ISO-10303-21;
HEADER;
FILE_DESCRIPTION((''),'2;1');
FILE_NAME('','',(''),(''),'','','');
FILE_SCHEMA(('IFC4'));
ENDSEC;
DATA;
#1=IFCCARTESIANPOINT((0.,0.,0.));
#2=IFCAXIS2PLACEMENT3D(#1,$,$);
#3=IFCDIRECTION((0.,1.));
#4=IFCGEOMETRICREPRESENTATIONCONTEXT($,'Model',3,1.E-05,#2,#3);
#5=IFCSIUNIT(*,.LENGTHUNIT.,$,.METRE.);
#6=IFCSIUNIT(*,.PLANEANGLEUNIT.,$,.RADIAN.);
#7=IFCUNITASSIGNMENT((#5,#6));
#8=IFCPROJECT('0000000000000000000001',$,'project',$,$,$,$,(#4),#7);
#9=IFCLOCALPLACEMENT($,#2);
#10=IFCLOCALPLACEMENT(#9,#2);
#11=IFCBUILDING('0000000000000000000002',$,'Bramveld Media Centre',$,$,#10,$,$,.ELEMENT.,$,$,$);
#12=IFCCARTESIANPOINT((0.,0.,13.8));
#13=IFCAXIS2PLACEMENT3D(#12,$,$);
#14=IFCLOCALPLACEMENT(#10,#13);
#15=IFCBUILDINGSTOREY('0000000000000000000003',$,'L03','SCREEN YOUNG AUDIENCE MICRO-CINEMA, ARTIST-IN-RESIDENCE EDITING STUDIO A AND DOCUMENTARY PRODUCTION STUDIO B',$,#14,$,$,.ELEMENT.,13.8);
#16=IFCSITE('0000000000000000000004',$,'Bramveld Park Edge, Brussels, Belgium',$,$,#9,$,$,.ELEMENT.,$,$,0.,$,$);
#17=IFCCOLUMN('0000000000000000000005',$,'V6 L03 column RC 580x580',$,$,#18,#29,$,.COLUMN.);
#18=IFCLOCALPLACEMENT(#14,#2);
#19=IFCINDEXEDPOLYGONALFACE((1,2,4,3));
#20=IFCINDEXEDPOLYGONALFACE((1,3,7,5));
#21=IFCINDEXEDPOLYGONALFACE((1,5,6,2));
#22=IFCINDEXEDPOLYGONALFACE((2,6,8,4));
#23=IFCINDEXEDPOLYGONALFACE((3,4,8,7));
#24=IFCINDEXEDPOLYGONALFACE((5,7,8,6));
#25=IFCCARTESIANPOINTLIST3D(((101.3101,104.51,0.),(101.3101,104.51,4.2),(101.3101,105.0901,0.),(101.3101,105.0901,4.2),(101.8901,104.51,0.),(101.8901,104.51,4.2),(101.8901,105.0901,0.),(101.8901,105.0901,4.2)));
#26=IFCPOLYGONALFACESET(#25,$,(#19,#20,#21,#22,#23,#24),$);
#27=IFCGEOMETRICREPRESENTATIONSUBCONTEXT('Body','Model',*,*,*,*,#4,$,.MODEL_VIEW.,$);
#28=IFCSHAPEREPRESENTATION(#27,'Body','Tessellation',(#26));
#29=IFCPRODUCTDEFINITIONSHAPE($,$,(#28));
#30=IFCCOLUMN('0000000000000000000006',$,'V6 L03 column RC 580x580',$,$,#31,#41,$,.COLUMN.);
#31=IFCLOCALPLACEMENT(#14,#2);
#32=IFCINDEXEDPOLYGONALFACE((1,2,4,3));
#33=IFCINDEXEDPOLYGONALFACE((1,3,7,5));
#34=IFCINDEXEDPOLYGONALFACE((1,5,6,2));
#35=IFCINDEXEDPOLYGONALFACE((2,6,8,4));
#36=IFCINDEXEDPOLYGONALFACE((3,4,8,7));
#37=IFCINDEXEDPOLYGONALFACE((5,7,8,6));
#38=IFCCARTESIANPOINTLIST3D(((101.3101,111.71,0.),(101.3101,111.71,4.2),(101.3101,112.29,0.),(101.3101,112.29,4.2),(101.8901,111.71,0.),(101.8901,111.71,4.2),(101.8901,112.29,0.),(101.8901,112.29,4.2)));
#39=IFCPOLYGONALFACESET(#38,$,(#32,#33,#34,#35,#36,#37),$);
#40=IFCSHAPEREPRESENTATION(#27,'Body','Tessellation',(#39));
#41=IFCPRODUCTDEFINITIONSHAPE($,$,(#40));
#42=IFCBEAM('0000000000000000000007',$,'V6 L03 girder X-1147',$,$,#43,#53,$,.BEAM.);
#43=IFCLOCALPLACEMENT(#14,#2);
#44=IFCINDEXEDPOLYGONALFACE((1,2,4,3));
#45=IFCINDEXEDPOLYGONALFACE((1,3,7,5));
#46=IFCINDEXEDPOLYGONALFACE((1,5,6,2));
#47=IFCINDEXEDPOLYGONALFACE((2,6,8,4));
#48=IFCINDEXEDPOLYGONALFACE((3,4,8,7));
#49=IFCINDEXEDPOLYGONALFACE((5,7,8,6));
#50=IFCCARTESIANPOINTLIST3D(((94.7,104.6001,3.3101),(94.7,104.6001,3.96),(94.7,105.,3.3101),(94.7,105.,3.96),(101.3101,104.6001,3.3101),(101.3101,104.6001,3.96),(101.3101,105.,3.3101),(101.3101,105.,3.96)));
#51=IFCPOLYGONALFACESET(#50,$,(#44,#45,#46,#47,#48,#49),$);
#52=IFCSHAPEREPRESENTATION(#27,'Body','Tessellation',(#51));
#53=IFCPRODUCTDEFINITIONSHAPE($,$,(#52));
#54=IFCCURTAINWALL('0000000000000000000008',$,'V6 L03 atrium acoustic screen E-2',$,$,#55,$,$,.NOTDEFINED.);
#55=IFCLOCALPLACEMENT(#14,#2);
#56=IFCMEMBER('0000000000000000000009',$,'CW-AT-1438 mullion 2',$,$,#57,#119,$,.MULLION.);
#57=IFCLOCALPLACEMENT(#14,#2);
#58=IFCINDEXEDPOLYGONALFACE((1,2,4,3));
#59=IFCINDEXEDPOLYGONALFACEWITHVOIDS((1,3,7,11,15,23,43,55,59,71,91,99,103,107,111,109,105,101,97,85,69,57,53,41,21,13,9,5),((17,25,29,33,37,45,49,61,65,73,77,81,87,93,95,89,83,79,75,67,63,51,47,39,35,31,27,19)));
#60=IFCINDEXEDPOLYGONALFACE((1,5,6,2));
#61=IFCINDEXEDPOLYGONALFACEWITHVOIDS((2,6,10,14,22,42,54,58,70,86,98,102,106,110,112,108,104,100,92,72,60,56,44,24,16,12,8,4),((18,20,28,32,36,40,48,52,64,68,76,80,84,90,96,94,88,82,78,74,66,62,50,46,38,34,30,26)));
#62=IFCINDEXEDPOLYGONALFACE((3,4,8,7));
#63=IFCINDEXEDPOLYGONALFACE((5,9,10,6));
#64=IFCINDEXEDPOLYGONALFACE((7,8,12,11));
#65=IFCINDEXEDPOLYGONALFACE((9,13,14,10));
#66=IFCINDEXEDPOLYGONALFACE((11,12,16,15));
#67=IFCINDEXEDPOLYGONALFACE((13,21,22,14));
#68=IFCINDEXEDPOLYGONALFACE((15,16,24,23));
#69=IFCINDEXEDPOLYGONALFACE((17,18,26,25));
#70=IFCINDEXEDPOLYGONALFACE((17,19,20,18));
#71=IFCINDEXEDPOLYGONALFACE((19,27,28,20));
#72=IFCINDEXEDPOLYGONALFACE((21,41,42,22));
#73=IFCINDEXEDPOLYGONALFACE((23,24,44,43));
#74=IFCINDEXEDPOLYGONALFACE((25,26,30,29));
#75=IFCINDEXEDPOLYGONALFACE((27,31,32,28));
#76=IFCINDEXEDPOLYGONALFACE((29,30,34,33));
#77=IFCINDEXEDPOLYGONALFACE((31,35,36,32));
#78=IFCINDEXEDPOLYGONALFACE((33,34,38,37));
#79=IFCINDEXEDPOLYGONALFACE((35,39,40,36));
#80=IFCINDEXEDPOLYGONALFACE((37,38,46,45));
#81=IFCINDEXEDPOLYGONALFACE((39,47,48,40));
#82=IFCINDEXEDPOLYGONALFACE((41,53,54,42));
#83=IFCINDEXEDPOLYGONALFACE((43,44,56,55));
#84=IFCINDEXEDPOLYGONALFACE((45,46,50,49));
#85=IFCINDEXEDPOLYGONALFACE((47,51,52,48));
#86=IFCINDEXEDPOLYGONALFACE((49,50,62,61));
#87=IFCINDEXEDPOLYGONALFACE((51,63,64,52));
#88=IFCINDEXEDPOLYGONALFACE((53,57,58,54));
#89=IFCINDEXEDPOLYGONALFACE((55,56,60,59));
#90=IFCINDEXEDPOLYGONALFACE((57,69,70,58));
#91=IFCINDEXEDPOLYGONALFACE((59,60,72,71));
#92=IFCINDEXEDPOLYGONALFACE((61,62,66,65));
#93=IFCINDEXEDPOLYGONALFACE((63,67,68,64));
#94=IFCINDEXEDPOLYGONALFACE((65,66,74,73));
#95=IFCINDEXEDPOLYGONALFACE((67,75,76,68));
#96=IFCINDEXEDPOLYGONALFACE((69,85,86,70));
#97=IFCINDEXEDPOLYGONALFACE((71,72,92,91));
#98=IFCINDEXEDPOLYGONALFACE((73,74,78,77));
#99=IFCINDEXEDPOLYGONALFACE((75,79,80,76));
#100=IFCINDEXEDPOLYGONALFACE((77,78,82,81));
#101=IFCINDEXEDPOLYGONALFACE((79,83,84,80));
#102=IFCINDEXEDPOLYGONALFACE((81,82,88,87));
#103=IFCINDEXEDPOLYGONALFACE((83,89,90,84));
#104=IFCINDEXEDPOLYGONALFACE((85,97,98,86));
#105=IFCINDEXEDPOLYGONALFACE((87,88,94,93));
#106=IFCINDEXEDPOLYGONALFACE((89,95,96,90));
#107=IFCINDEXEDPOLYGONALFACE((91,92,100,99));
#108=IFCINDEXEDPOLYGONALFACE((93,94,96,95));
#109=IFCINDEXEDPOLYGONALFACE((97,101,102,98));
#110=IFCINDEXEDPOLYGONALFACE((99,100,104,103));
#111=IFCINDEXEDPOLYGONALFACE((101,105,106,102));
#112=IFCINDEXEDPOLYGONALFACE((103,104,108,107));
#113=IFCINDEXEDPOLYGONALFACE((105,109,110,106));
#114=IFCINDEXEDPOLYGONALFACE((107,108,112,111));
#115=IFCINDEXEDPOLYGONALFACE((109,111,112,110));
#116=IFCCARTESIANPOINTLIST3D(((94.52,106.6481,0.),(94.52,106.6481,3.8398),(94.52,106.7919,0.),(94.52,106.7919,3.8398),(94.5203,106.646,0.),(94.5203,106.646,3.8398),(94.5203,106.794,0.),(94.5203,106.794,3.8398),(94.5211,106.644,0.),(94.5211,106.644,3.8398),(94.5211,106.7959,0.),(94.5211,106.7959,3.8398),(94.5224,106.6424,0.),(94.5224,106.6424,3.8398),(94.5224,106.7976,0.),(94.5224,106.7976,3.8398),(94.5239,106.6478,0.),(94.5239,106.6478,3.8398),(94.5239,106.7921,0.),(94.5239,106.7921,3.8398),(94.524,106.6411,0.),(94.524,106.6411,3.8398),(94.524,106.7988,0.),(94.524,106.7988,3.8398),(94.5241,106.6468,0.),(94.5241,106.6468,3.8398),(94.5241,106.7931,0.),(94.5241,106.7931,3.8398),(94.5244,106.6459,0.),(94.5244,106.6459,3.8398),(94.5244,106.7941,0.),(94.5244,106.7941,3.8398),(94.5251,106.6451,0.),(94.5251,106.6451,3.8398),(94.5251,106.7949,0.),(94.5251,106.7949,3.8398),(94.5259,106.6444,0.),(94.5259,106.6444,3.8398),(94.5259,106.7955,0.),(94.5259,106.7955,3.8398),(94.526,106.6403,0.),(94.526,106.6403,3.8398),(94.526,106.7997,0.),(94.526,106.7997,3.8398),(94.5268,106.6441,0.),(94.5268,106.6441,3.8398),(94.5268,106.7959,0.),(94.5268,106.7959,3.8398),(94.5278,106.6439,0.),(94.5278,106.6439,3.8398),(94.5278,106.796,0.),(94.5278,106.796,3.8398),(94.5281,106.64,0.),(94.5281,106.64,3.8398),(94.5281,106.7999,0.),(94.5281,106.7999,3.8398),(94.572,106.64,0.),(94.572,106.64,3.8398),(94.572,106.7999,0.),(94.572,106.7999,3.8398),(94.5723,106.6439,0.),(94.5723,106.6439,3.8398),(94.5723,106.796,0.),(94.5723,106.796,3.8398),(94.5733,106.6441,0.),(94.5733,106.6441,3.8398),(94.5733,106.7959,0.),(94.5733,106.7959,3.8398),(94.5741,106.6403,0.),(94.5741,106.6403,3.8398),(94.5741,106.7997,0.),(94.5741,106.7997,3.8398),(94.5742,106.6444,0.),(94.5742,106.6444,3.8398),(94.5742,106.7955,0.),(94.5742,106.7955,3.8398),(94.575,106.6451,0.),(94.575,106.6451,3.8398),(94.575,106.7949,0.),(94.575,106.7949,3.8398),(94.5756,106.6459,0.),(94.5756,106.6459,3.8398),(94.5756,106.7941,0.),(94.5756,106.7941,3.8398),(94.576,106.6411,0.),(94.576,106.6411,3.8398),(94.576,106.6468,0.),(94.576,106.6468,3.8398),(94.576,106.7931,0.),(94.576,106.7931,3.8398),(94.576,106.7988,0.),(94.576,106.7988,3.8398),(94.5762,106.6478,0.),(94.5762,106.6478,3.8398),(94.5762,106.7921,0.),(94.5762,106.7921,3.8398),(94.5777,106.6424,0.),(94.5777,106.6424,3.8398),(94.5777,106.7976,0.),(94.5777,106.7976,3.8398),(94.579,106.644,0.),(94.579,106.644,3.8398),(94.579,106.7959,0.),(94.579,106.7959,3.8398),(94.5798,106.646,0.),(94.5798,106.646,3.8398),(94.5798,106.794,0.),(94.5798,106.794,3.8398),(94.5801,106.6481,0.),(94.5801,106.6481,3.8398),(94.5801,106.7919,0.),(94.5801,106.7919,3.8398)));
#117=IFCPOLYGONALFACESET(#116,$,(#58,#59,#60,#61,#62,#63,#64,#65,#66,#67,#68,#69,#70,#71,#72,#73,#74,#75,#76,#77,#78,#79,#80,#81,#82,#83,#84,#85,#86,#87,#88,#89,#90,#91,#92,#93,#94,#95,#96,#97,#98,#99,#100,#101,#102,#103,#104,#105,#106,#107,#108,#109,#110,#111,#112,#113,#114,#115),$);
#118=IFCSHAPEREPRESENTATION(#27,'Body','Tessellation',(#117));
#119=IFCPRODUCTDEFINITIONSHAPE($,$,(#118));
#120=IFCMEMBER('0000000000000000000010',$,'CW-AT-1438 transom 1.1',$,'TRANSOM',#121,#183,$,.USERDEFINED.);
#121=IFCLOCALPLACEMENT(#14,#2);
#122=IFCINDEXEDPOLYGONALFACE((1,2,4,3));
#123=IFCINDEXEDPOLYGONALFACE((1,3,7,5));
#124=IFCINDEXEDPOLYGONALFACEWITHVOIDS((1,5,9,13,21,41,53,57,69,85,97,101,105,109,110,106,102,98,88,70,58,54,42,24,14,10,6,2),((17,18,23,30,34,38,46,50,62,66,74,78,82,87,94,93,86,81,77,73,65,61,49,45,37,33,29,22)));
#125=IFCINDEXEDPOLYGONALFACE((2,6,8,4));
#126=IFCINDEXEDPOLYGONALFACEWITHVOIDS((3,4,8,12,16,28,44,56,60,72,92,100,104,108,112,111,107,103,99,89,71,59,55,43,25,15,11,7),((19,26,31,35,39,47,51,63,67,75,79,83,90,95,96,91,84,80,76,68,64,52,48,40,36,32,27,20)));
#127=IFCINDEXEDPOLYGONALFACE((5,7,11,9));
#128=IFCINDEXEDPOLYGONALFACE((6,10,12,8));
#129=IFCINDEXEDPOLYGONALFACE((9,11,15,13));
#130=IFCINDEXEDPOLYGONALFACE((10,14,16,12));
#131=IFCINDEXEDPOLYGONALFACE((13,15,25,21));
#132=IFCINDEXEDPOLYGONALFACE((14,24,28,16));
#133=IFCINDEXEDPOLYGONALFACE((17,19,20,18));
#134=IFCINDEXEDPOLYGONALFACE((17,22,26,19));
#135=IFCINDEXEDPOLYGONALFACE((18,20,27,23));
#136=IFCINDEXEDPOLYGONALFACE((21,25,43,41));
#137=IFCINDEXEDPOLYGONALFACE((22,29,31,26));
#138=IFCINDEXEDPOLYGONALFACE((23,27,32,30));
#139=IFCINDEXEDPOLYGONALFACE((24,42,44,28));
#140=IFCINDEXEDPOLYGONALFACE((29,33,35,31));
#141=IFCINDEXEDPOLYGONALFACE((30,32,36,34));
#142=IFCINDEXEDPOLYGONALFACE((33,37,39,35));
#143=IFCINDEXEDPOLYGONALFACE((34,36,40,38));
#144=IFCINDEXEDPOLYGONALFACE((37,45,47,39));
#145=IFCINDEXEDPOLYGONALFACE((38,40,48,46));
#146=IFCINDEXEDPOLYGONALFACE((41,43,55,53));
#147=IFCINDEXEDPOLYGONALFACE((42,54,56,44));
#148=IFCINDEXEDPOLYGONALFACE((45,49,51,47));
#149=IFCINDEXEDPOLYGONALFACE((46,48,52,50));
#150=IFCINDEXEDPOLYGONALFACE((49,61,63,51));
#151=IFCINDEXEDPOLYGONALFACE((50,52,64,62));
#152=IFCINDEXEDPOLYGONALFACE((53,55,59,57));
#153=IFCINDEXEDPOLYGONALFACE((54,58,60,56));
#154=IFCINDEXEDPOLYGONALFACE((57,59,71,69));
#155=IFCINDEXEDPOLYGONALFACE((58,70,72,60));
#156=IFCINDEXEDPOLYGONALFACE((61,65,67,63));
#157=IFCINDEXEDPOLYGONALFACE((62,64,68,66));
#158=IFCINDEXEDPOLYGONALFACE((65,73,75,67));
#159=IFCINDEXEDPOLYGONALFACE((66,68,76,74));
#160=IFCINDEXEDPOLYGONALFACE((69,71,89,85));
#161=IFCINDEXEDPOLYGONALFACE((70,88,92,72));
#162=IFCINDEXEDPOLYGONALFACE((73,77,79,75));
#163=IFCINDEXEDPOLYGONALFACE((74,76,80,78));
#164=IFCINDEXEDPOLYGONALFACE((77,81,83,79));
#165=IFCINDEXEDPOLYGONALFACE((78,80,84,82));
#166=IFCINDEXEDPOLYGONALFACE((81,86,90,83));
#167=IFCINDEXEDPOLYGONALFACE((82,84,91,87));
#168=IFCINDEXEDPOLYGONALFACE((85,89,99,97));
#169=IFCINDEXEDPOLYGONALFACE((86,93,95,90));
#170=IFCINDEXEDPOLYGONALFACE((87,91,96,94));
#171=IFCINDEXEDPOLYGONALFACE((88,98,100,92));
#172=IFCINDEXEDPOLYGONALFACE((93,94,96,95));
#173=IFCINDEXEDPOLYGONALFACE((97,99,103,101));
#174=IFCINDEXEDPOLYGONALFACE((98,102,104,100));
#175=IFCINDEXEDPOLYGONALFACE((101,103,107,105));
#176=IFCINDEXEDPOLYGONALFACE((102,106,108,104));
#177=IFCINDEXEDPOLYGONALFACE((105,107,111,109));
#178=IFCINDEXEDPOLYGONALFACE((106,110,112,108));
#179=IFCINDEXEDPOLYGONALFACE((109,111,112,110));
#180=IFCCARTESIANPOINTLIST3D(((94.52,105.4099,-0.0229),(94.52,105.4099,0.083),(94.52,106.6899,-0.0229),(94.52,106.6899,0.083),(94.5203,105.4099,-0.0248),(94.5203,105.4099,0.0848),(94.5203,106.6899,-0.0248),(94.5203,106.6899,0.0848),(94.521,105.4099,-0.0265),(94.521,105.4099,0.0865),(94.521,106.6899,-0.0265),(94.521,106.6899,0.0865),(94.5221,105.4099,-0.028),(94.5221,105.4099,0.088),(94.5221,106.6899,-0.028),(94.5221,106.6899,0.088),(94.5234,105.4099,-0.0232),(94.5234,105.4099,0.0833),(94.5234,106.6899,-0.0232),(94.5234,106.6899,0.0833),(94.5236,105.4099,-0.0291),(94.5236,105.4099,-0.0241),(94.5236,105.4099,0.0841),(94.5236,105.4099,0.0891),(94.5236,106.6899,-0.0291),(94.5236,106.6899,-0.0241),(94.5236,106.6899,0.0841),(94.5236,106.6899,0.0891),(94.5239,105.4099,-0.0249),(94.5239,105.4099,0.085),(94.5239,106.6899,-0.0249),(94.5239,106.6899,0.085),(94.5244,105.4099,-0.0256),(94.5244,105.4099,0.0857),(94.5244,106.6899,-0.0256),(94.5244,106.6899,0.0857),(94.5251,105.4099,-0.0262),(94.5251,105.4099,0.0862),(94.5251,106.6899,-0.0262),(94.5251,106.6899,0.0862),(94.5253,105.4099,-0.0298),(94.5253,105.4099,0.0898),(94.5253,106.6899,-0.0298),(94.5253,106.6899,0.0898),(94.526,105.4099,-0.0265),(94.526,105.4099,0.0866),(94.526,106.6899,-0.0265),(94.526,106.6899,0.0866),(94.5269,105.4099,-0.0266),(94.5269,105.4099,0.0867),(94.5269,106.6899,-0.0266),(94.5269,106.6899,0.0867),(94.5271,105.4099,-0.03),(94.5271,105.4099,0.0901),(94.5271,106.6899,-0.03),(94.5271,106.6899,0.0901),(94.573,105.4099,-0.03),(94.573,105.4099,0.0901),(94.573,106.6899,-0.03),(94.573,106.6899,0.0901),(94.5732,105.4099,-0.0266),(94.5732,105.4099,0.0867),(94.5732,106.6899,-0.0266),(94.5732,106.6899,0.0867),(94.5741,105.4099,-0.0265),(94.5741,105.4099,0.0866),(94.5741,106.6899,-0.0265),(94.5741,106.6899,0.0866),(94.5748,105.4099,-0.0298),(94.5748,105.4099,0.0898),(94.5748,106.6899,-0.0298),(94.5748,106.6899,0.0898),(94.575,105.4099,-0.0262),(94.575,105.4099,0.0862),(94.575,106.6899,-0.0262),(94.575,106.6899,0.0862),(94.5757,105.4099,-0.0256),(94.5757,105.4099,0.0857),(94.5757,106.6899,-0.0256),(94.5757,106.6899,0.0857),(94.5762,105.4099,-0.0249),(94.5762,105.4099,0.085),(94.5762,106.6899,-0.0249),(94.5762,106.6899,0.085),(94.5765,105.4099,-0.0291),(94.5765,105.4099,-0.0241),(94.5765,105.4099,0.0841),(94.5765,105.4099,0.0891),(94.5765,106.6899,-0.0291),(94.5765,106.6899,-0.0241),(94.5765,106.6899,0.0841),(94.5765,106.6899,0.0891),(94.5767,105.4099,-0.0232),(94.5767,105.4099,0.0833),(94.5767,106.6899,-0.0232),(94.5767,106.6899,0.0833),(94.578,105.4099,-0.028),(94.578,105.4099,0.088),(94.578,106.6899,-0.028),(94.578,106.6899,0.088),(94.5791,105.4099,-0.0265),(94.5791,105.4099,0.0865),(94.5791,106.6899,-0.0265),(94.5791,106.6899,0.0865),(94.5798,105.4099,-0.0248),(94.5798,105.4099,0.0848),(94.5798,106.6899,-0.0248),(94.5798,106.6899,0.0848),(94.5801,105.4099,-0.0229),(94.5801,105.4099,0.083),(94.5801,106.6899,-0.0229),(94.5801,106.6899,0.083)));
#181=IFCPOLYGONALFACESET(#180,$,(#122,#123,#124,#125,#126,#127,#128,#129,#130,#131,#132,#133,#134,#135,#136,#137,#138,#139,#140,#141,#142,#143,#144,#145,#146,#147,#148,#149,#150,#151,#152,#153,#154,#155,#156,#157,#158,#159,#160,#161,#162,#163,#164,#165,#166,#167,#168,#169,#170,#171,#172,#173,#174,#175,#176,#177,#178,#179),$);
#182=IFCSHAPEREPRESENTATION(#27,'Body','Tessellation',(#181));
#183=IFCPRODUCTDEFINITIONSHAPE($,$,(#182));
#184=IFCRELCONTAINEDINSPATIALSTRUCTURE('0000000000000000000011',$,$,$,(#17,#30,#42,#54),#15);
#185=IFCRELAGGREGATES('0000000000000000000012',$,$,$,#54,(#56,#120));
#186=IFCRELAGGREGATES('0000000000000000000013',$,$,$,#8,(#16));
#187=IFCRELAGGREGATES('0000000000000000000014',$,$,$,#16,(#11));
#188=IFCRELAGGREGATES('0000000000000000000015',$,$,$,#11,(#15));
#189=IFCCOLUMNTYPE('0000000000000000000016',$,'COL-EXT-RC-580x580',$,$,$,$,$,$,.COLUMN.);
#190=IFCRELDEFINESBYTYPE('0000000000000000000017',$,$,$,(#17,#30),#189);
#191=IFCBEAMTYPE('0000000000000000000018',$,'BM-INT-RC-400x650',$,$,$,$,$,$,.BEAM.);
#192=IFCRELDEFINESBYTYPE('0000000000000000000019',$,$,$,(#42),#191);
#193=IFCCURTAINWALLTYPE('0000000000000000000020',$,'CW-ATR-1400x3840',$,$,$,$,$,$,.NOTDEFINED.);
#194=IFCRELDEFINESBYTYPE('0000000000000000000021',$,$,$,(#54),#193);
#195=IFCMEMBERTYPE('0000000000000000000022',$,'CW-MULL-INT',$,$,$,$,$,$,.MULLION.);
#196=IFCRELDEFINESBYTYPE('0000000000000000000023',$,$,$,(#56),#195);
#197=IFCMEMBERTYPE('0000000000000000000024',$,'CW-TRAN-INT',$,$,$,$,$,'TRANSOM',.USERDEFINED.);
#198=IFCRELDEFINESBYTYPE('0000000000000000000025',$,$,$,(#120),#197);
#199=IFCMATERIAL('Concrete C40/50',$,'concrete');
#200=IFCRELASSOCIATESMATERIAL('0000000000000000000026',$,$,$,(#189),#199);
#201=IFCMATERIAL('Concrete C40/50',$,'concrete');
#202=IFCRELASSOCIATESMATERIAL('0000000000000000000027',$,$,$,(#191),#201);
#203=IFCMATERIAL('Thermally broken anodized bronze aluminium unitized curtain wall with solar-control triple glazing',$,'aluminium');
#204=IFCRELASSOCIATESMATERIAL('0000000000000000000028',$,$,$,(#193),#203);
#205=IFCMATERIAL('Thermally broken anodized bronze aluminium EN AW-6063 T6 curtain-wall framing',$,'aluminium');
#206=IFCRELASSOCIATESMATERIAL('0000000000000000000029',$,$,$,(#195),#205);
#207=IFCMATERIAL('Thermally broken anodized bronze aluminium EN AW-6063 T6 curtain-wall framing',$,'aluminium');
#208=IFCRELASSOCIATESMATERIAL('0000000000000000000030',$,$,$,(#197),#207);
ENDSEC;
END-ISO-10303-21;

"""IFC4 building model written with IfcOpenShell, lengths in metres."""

from ifc_helpers import new_model, si_unit, direction, frame, origin, origin_2d, place, context, subcontext, project, spatial, rectangle, hollow_rectangle, extrude, material, material_profile, profile_set, type_object, element, aggregate, save


model = new_model("IFC4")

# Units and contexts
model_context = context("Model", 3, precision=1e-05, world=origin(), true_north=direction((0.0, 1.0)))
body_context = subcontext(model_context, "Body", "Model", "MODEL_VIEW")
ifc_project = project(units=[si_unit("LENGTHUNIT", "METRE"), si_unit("PLANEANGLEUNIT", "RADIAN")], contexts=[model_context])

# Site, building, storey
site_placement = place(None, origin())
site = spatial("IfcSite", under=ifc_project, at=site_placement, Name="Bramveld Park Edge, Brussels, Belgium", CompositionType="ELEMENT", RefElevation=0.0)
building_placement = place(site_placement, origin())
building = spatial("IfcBuilding", under=site, at=building_placement, Name="Bramveld Media Centre", CompositionType="ELEMENT")
storey_placement = place(building_placement, frame((0.0, 0.0, 13.8)))
storey = spatial("IfcBuildingStorey", under=building, at=storey_placement, Name="L03", Description="SCREEN YOUNG AUDIENCE MICRO-CINEMA, ARTIST-IN-RESIDENCE EDITING STUDIO A AND DOCUMENTARY PRODUCTION STUDIO B", CompositionType="ELEMENT", Elevation=13.8)

# Columns
ifc_material_1 = material(Name="Concrete C40/50", Category="concrete")
ifc_material_profile_1 = material_profile(ifc_material_1, rectangle(XDim=0.5801, YDim=0.5801, at=origin_2d()), Name="RC 580x580")
ifc_profile_set_1 = profile_set([ifc_material_profile_1], Name="Concrete C40/50")
column_type = type_object("IfcColumnType", Name="COL-EXT-RC-580x580", PredefinedType="COLUMN", material=ifc_profile_set_1)
for number, where, z_axis, x_axis, name in (
    (1, (101.6001, 104.8, 0.0), (0.0, 0.0, 1.0), (1.0, 0.0, 0.0), "V6 L03 column RC 580x580"),
    (2, (101.6001, 112.0, 0.0), (0.0, 0.0, 1.0), (1.0, 0.0, 0.0), "V6 L03 column RC 580x580"),
):
    element("IfcColumn", number, at=place(storey_placement, frame(where, z_axis=z_axis, x_axis=x_axis)), inside=storey, type_object=column_type, Name=name, PredefinedType="COLUMN", context=body_context, shape_type="SweptSolid", body=[
        extrude(rectangle(XDim=0.5801, YDim=0.5801, at=origin_2d()), origin(), (0.0, 0.0, 1.0), 4.2),
    ])

# Beam
ifc_material_2 = material(Name="Concrete C40/50", Category="concrete")
ifc_material_profile_2 = material_profile(ifc_material_2, rectangle(XDim=0.3999, YDim=0.6499, at=origin_2d()), Name="RC 400x650")
ifc_profile_set_2 = profile_set([ifc_material_profile_2], Name="Concrete C40/50")
beam_type_1 = type_object("IfcBeamType", Name="BM-INT-RC-400x650", PredefinedType="BEAM", material=ifc_profile_set_2)
beam_1_placement = place(storey_placement, frame((94.7, 104.8, 3.635), z_axis=(1.0, 0.0, 0.0), x_axis=(0.0, 1.0, 0.0)))
element("IfcBeam", 3, at=beam_1_placement, inside=storey, type_object=beam_type_1, Name="V6 L03 girder X-1147", PredefinedType="BEAM", context=body_context, shape_type="SweptSolid", body=[
    extrude(rectangle(XDim=0.3999, YDim=0.6499, at=origin_2d()), origin(), (0.0, 0.0, 1.0), 6.6101),
])

# Curtain wall, members
ifc_material_3 = material(Name="Thermally broken anodized bronze aluminium unitized curtain wall with solar-control triple glazing", Category="aluminium")
curtain_wall_type = type_object("IfcCurtainWallType", Name="CW-ATR-1400x3840", PredefinedType="NOTDEFINED", material=ifc_material_3)
curtain_wall_placement = place(storey_placement, origin())
curtain_wall = element("IfcCurtainWall", 4, at=curtain_wall_placement, inside=storey, type_object=curtain_wall_type, Name="V6 L03 atrium acoustic screen E-2", PredefinedType="NOTDEFINED")
ifc_material_4 = material(Name="Thermally broken anodized bronze aluminium EN AW-6063 T6 curtain-wall framing", Category="aluminium")
ifc_material_profile_3 = material_profile(ifc_material_4, hollow_rectangle(XDim=0.0601, YDim=0.1599, WallThickness=0.0039, InnerFilletRadius=0.0039, OuterFilletRadius=0.0081, at=origin_2d()), Name="AL-MULL 60x160")
ifc_profile_set_3 = profile_set([ifc_material_profile_3], Name="Thermally broken anodized bronze aluminium EN AW-6063 T6 curtain-wall framing")
member_type_1 = type_object("IfcMemberType", Name="CW-MULL-INT", PredefinedType="MULLION", material=ifc_profile_set_3)
member_1_placement = place(storey_placement, frame((94.55, 106.72, 0.0), z_axis=(0.0, 0.0, 1.0), x_axis=(-1.0, 0.0, 0.0)))
member_1 = element("IfcMember", 5, at=member_1_placement, type_object=member_type_1, Name="CW-AT-1438 mullion 2", PredefinedType="MULLION", context=body_context, shape_type="SweptSolid", body=[
    extrude(hollow_rectangle(XDim=0.0601, YDim=0.1599, WallThickness=0.0039, InnerFilletRadius=0.0039, OuterFilletRadius=0.0081, at=origin_2d()), origin(), (0.0, 0.0, 1.0), 3.8398),
])
ifc_material_5 = material(Name="Thermally broken anodized bronze aluminium EN AW-6063 T6 curtain-wall framing", Category="aluminium")
ifc_material_profile_4 = material_profile(ifc_material_5, hollow_rectangle(XDim=0.0601, YDim=0.1201, WallThickness=0.0034, InnerFilletRadius=0.0034, OuterFilletRadius=0.0071, at=origin_2d()), Name="AL-TRAN 60x120")
ifc_profile_set_4 = profile_set([ifc_material_profile_4], Name="Thermally broken anodized bronze aluminium EN AW-6063 T6 curtain-wall framing")
member_type_2 = type_object("IfcMemberType", Name="CW-TRAN-INT", ElementType="TRANSOM", PredefinedType="USERDEFINED", material=ifc_profile_set_4)
member_2_placement = place(storey_placement, frame((94.55, 105.4099, 0.03), z_axis=(0.0, 1.0, 0.0), x_axis=(-1.0, 0.0, 0.0)))
member_2 = element("IfcMember", 6, at=member_2_placement, type_object=member_type_2, Name="CW-AT-1438 transom 1.1", ObjectType="TRANSOM", PredefinedType="USERDEFINED", context=body_context, shape_type="SweptSolid", body=[
    extrude(hollow_rectangle(XDim=0.0601, YDim=0.1201, WallThickness=0.0034, InnerFilletRadius=0.0034, OuterFilletRadius=0.0071, at=origin_2d()), origin(), (0.0, 0.0, 1.0), 1.28),
])

aggregate(curtain_wall, [member_1, member_2])

save(model, "model.ifc")
